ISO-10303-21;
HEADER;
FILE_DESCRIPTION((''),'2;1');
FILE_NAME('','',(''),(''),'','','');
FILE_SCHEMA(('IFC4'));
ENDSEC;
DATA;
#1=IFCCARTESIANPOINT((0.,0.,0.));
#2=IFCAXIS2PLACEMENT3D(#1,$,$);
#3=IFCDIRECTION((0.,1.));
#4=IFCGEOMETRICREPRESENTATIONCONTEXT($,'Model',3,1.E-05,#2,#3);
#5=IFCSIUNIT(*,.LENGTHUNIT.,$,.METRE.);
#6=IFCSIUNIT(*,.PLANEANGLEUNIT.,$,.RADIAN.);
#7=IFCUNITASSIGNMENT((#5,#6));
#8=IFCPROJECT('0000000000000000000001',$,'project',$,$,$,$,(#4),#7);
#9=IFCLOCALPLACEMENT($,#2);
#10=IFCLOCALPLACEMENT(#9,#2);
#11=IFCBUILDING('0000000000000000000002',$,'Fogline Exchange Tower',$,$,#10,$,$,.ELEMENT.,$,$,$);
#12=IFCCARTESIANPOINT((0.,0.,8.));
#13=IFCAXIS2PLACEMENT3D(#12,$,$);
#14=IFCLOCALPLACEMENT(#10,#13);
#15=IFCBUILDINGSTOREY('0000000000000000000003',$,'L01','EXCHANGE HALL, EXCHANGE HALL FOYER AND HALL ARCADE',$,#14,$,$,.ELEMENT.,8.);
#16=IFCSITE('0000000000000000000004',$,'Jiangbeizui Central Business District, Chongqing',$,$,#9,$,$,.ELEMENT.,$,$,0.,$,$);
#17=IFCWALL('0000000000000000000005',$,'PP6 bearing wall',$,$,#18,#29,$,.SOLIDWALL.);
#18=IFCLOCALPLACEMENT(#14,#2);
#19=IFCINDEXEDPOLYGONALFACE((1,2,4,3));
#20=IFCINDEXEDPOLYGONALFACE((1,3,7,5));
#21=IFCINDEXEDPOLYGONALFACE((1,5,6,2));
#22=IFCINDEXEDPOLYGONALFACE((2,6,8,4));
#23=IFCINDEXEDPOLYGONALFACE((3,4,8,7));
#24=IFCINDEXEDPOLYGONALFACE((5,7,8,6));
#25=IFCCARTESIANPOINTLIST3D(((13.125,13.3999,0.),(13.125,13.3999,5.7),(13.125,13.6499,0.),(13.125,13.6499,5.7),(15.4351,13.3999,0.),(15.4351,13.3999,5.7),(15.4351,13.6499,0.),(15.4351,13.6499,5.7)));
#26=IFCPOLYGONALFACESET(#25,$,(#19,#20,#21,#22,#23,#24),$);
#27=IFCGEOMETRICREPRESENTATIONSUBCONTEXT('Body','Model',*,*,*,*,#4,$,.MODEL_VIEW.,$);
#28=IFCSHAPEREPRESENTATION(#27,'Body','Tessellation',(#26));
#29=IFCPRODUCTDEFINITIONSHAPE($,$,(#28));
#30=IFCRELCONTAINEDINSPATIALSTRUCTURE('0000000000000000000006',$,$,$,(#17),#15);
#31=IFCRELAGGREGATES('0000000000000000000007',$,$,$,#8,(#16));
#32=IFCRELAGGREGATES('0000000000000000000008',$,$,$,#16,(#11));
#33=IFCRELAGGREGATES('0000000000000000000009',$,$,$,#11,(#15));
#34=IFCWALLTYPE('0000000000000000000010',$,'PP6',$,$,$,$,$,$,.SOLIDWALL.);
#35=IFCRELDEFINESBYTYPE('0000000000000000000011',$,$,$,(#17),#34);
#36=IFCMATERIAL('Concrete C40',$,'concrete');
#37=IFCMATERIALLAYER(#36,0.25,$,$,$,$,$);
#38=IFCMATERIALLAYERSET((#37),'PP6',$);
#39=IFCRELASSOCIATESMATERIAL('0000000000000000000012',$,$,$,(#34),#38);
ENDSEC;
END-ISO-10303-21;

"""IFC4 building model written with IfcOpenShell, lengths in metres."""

from ifc_helpers import new_model, si_unit, direction, frame, frame_2d, origin, place, context, subcontext, project, spatial, rectangle, extrude, material, layer, layer_set, type_object, element, save


model = new_model("IFC4")

# Units and contexts
model_context = context("Model", 3, precision=1e-05, world=origin(), true_north=direction((0.0, 1.0)))
body_context = subcontext(model_context, "Body", "Model", "MODEL_VIEW")
ifc_project = project(units=[si_unit("LENGTHUNIT", "METRE"), si_unit("PLANEANGLEUNIT", "RADIAN")], contexts=[model_context])

# Site, building, storey
site_placement = place(None, origin())
site = spatial("IfcSite", under=ifc_project, at=site_placement, Name="Jiangbeizui Central Business District, Chongqing", CompositionType="ELEMENT", RefElevation=0.0)
building_placement = place(site_placement, origin())
building = spatial("IfcBuilding", under=site, at=building_placement, Name="Fogline Exchange Tower", CompositionType="ELEMENT")
storey_placement = place(building_placement, frame((0.0, 0.0, 8.0)))
storey = spatial("IfcBuildingStorey", under=building, at=storey_placement, Name="L01", Description="EXCHANGE HALL, EXCHANGE HALL FOYER AND HALL ARCADE", CompositionType="ELEMENT", Elevation=8.0)

# Shared definitions
ifc_material_1 = material(Name="Concrete C40", Category="concrete")

# Wall
ifc_layer_1 = layer(ifc_material_1, 0.25)
ifc_layer_set_1 = layer_set([ifc_layer_1], Name="PP6")
wall_type_1 = type_object("IfcWallType", Name="PP6", PredefinedType="SOLIDWALL", material=ifc_layer_set_1)
wall_1_placement = place(storey_placement, frame((13.125, 13.5249, 0.0), z_axis=(0.0, 0.0, 1.0), x_axis=(1.0, 0.0, 0.0)))
element("IfcWall", 1, at=wall_1_placement, inside=storey, type_object=wall_type_1, Name="PP6 bearing wall", PredefinedType="SOLIDWALL", context=body_context, shape_type="SweptSolid", body=[
    extrude(rectangle(XDim=2.3101, YDim=0.25, at=frame_2d((1.155, 0.0))), origin(), (0.0, 0.0, 1.0), 5.7),
])

save(model, "model.ifc")
